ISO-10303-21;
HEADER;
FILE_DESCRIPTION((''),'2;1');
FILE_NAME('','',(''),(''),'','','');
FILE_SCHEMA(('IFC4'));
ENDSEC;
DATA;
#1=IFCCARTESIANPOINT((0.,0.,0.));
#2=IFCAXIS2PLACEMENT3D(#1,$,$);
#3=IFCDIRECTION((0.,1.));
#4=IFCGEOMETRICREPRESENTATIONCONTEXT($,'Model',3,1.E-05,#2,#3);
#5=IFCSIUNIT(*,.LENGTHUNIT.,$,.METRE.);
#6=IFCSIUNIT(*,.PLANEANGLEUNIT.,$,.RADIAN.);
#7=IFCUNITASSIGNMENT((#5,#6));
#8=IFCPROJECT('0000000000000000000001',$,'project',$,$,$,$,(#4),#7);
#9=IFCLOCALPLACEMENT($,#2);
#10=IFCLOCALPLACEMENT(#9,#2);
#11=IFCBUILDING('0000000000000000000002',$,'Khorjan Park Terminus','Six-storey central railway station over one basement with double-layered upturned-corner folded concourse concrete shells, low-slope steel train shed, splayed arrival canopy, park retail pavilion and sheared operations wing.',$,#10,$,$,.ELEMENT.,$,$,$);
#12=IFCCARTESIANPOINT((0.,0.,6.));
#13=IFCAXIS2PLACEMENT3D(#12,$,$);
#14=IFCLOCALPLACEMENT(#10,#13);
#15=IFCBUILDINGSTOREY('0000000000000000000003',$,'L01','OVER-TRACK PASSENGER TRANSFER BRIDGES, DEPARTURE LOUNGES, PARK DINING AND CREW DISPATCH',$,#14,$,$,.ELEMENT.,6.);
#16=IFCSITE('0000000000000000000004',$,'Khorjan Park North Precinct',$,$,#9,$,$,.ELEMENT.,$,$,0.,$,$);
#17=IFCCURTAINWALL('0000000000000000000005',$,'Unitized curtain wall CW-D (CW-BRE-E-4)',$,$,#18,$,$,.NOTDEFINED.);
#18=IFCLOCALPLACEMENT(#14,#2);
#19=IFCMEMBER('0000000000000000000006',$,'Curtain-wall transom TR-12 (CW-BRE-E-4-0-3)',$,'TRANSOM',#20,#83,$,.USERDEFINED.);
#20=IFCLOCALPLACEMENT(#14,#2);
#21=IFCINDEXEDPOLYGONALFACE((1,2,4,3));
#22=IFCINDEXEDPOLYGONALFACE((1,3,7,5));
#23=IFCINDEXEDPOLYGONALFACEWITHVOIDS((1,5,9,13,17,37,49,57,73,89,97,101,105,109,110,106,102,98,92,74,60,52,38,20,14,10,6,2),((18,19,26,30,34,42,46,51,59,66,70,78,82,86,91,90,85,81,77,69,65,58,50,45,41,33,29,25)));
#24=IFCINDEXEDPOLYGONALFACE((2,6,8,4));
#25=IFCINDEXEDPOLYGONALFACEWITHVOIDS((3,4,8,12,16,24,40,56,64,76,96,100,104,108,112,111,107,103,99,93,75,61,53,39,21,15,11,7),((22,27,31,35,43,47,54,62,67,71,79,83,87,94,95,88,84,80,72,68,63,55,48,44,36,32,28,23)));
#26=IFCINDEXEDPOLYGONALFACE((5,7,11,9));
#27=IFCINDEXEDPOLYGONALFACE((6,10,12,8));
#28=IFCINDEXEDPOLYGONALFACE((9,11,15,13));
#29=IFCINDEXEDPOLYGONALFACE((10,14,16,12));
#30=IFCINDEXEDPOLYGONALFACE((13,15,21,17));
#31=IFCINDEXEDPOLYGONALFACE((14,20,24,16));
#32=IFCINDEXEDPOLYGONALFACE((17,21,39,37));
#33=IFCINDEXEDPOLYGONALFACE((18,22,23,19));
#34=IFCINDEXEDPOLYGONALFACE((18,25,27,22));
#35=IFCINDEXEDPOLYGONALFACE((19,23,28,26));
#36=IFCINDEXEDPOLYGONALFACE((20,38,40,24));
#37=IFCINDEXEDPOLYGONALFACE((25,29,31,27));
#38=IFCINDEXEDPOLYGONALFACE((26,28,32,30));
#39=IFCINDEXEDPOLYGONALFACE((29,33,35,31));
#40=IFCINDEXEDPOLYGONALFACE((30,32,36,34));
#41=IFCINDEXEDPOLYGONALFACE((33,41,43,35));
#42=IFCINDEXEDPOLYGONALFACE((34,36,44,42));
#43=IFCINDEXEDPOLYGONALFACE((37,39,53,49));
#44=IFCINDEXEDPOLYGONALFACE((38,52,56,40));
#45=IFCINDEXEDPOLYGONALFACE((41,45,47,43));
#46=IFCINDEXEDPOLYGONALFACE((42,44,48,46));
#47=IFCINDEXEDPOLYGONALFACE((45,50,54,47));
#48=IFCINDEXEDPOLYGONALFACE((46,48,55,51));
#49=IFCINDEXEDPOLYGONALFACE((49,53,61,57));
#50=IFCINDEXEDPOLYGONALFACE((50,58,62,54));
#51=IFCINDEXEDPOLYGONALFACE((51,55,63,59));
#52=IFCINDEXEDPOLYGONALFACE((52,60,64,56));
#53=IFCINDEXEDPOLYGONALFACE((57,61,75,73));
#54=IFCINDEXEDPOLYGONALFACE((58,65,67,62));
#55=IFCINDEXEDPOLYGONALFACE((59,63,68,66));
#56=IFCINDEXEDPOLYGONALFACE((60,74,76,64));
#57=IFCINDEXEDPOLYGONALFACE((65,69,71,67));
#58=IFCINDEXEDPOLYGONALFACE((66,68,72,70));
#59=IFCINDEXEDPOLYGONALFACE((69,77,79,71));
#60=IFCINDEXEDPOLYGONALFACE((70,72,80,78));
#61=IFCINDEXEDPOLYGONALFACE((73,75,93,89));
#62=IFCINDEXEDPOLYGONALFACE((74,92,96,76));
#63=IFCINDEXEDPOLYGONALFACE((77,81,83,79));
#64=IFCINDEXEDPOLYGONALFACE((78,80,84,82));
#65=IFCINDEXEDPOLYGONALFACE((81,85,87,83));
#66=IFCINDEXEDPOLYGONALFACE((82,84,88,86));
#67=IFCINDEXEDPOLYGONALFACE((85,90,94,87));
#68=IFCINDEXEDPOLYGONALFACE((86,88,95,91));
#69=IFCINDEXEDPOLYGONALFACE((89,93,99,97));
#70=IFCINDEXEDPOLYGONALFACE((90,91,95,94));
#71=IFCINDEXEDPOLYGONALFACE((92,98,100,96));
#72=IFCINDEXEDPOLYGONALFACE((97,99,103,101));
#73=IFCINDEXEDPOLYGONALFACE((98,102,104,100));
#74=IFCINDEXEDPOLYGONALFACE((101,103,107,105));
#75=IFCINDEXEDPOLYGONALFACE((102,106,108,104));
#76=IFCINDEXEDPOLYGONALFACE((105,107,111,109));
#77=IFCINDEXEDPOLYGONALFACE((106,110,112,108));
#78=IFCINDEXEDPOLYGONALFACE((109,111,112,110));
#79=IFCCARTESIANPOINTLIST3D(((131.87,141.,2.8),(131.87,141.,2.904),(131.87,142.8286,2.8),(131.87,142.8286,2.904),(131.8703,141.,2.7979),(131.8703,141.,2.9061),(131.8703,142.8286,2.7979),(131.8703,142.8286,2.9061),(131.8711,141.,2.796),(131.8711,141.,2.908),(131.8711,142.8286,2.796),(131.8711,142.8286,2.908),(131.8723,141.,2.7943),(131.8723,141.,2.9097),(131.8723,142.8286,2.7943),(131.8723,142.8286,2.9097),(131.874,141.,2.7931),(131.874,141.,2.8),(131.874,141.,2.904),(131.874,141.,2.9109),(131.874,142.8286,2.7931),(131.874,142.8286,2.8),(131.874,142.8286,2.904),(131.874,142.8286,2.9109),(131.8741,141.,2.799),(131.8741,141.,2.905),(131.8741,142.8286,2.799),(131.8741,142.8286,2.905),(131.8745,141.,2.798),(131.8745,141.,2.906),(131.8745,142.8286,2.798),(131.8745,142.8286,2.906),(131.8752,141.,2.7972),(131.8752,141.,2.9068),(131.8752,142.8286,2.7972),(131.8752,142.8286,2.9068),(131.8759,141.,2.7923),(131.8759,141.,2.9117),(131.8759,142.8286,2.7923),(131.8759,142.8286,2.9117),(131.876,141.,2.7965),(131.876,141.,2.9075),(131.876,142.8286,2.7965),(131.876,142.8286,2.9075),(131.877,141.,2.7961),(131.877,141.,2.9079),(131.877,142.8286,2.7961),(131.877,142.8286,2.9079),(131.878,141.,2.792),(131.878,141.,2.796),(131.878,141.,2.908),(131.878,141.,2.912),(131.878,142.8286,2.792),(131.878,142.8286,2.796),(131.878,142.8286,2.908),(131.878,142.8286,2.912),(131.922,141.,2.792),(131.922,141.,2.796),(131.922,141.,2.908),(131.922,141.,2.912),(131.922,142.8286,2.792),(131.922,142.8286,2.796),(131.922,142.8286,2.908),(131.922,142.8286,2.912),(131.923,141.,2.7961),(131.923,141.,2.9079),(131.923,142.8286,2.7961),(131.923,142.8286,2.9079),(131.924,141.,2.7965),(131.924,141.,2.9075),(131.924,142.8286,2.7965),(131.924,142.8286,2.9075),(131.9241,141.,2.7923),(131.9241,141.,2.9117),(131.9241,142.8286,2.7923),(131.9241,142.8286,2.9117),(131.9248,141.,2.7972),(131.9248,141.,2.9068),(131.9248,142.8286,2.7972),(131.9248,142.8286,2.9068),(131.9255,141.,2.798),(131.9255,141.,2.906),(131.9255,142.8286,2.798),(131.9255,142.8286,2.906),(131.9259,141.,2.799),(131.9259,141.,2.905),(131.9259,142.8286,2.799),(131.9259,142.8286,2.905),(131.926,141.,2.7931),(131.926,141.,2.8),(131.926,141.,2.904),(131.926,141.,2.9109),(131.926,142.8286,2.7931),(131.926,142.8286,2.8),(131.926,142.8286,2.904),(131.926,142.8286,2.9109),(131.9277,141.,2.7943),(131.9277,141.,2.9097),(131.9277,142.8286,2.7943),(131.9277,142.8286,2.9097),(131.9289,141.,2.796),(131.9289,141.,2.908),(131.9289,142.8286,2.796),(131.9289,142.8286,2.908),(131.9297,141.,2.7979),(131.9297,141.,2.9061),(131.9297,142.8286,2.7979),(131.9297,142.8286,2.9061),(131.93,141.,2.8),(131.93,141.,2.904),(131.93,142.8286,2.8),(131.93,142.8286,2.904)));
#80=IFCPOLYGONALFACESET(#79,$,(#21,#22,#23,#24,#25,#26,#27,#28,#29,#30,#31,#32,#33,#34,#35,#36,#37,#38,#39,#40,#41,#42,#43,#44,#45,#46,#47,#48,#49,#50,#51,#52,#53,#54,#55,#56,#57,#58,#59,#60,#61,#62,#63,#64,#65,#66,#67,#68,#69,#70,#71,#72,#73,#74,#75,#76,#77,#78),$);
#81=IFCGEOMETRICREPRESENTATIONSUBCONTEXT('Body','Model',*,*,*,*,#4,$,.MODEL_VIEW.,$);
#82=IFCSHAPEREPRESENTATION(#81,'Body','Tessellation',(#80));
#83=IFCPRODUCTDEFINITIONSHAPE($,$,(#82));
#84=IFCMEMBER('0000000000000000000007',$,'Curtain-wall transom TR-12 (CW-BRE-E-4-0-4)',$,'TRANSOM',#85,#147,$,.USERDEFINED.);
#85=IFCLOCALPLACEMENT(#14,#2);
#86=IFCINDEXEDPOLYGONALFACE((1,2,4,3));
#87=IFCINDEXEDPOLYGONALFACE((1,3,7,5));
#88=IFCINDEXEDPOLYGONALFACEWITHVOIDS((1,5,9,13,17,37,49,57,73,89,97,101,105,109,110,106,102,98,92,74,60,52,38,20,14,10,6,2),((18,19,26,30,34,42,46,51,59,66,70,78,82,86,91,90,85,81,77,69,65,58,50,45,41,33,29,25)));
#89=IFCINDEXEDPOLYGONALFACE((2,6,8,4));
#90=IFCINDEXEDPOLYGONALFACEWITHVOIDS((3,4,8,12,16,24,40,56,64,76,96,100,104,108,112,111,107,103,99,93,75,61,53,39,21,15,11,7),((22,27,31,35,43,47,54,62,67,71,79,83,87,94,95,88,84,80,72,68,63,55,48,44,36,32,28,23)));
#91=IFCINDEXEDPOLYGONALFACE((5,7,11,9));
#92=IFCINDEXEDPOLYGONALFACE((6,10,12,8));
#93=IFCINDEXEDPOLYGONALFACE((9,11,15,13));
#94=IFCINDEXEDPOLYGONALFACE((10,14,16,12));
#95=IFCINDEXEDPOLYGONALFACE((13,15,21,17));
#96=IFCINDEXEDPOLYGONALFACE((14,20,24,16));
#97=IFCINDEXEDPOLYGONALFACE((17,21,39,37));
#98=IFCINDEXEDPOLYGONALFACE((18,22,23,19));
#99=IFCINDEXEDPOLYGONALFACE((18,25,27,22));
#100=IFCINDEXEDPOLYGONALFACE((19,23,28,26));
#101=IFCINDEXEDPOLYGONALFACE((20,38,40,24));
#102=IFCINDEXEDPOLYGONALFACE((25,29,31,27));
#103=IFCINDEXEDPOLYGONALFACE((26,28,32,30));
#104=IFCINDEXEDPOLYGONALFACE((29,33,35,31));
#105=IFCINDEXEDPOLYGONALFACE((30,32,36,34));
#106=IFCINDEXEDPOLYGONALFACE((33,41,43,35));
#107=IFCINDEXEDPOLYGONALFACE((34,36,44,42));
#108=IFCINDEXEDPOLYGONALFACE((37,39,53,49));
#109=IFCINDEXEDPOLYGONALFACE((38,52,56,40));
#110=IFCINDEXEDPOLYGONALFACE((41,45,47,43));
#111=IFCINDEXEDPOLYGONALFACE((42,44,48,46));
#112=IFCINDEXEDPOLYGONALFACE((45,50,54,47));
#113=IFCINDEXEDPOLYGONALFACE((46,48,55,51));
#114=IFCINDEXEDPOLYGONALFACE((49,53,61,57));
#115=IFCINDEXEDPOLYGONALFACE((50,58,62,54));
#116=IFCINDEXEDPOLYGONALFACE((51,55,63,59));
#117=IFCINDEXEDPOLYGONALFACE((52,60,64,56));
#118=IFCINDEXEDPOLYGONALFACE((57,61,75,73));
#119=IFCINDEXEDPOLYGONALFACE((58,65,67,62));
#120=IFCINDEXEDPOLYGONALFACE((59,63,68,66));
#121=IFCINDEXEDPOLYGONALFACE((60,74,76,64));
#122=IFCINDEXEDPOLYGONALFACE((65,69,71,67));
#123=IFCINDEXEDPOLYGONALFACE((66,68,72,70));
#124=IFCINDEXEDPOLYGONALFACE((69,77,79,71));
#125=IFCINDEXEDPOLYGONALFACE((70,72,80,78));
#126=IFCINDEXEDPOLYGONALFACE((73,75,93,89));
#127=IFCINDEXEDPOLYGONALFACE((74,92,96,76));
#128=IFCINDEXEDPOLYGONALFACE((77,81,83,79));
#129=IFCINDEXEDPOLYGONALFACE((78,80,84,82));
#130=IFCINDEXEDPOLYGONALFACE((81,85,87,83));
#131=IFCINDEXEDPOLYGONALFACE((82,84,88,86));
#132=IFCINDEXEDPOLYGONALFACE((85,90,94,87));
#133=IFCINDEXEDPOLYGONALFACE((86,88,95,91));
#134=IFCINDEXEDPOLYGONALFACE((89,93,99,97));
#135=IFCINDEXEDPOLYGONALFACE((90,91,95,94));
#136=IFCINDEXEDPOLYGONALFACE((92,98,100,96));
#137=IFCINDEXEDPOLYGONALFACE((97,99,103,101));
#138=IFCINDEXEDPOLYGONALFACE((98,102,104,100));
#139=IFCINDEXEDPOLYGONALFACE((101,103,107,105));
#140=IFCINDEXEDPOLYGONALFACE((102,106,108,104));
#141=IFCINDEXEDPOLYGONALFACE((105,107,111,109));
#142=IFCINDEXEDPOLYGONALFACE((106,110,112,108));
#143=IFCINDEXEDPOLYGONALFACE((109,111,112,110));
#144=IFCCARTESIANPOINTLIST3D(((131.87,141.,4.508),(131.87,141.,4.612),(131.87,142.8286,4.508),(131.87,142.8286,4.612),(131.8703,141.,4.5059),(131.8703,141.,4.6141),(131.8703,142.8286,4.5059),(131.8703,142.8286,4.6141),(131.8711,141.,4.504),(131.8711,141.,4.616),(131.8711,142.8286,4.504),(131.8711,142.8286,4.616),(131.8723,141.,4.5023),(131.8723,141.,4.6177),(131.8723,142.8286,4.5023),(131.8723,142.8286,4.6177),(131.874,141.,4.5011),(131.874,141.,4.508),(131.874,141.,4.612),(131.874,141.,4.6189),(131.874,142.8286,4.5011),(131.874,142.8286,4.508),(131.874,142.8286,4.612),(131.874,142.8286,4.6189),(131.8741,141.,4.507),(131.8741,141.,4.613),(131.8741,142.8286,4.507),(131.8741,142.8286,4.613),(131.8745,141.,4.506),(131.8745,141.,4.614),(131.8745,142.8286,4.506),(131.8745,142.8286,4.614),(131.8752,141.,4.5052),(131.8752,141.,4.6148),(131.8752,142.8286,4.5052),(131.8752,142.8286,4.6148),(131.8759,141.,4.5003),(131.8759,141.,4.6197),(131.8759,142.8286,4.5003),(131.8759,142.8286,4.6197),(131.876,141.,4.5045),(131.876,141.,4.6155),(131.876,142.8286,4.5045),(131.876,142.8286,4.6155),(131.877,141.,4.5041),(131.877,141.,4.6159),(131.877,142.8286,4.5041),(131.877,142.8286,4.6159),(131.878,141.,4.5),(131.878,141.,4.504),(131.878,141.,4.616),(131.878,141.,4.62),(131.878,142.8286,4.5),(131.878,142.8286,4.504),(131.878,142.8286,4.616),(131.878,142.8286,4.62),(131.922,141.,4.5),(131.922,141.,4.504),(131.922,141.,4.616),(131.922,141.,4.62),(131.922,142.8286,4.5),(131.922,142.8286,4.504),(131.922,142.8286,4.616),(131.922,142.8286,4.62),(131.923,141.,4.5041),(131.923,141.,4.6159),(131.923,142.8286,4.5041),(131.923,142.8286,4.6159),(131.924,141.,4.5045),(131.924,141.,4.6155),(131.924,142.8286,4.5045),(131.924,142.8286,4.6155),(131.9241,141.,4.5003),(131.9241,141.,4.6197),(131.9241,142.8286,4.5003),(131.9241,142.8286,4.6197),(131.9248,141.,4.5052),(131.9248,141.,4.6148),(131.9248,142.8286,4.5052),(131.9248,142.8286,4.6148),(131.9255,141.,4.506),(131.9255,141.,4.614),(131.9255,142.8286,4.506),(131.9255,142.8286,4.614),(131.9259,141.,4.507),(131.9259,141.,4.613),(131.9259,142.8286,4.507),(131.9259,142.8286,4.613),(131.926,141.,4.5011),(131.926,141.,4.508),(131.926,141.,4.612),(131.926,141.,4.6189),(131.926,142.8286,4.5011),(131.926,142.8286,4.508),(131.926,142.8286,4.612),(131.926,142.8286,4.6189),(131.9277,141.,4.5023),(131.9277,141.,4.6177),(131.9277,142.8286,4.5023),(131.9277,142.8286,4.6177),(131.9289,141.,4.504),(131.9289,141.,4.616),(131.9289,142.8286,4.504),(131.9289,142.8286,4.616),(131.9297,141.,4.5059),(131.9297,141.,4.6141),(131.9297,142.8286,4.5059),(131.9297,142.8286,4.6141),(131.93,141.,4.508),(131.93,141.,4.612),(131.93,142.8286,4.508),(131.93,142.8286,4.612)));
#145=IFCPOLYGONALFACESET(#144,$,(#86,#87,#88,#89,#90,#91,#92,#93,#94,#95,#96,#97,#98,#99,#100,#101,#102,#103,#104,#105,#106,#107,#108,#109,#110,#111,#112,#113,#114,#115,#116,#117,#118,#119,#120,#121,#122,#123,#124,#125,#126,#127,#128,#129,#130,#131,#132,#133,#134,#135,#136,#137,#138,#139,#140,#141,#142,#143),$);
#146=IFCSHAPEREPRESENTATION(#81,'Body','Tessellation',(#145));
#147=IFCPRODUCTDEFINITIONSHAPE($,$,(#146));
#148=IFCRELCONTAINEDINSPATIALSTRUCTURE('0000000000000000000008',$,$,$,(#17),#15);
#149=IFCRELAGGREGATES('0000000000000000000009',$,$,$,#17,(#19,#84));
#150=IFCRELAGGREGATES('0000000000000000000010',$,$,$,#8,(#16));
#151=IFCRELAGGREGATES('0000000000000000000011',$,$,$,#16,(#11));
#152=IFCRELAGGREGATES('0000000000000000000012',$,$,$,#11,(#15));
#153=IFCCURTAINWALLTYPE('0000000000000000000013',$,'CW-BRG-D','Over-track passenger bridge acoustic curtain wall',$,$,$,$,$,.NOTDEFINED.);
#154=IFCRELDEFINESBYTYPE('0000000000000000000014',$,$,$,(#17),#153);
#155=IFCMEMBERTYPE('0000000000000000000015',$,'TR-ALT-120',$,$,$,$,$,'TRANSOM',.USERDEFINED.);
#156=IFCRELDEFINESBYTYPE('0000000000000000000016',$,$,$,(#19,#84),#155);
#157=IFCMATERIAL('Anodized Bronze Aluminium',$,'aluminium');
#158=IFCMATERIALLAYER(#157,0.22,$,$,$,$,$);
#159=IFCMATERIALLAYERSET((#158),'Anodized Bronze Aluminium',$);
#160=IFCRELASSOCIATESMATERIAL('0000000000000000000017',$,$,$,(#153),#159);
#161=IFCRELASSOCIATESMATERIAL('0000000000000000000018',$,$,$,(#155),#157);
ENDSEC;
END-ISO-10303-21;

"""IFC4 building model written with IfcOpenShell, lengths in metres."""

from ifc_helpers import new_model, si_unit, direction, frame, origin, origin_2d, place, context, subcontext, project, spatial, hollow_rectangle, extrude, material, layer, layer_set, material_profile, profile_set, type_object, element, aggregate, save


model = new_model("IFC4")

# Units and contexts
model_context = context("Model", 3, precision=1e-05, world=origin(), true_north=direction((0.0, 1.0)))
body_context = subcontext(model_context, "Body", "Model", "MODEL_VIEW")
ifc_project = project(units=[si_unit("LENGTHUNIT", "METRE"), si_unit("PLANEANGLEUNIT", "RADIAN")], contexts=[model_context])

# Site, building, storey
site_placement = place(None, origin())
site = spatial("IfcSite", under=ifc_project, at=site_placement, Name="Khorjan Park North Precinct", CompositionType="ELEMENT", RefElevation=0.0)
building_placement = place(site_placement, origin())
building = spatial("IfcBuilding", under=site, at=building_placement, Name="Khorjan Park Terminus", Description="Six-storey central railway station over one basement with double-layered upturned-corner folded concourse concrete shells, low-slope steel train shed, splayed arrival canopy, park retail pavilion and sheared operations wing.", CompositionType="ELEMENT")
storey_placement = place(building_placement, frame((0.0, 0.0, 6.0)))
storey = spatial("IfcBuildingStorey", under=building, at=storey_placement, Name="L01", Description="OVER-TRACK PASSENGER TRANSFER BRIDGES, DEPARTURE LOUNGES, PARK DINING AND CREW DISPATCH", CompositionType="ELEMENT", Elevation=6.0)

# Shared definitions
ifc_material_1 = material(Name="Anodized Bronze Aluminium", Category="aluminium")
ifc_layer_1 = layer(ifc_material_1, 0.22)
ifc_layer_set_1 = layer_set([ifc_layer_1], Name="Anodized Bronze Aluminium")
curtain_wall_type = type_object("IfcCurtainWallType", Name="CW-BRG-D", Description="Over-track passenger bridge acoustic curtain wall", PredefinedType="NOTDEFINED", material=ifc_layer_set_1)

# Curtain wall
curtain_wall_1_placement = place(storey_placement, origin())
curtain_wall_1 = element("IfcCurtainWall", 1, at=curtain_wall_1_placement, inside=storey, type_object=curtain_wall_type, Name="Unitized curtain wall CW-D (CW-BRE-E-4)", PredefinedType="NOTDEFINED")

# Members
ifc_material_profile_1 = material_profile(ifc_material_1, hollow_rectangle(XDim=0.06, YDim=0.12, WallThickness=0.004, InnerFilletRadius=0.004, OuterFilletRadius=0.008, at=origin_2d()), Name="ALT 60x120x4")
ifc_profile_set_1 = profile_set([ifc_material_profile_1], Name="Anodized Bronze Aluminium")
member_type_1 = type_object("IfcMemberType", Name="TR-ALT-120", ElementType="TRANSOM", PredefinedType="USERDEFINED", material=ifc_profile_set_1)
member_1_placement = place(storey_placement, frame((131.9, 141.0, 2.852), z_axis=(0.0, 1.0, 0.0), x_axis=(-1.0, 0.0, 0.0)))
member_1 = element("IfcMember", 2, at=member_1_placement, type_object=member_type_1, Name="Curtain-wall transom TR-12 (CW-BRE-E-4-0-3)", ObjectType="TRANSOM", PredefinedType="USERDEFINED", context=body_context, shape_type="SweptSolid", body=[
    extrude(hollow_rectangle(XDim=0.06, YDim=0.12, WallThickness=0.004, InnerFilletRadius=0.004, OuterFilletRadius=0.008, at=origin_2d()), origin(), (0.0, 0.0, 1.0), 1.8286),
])
member_2_placement = place(storey_placement, frame((131.9, 141.0, 4.56), z_axis=(0.0, 1.0, 0.0), x_axis=(-1.0, 0.0, 0.0)))
member_2 = element("IfcMember", 3, at=member_2_placement, type_object=member_type_1, Name="Curtain-wall transom TR-12 (CW-BRE-E-4-0-4)", ObjectType="TRANSOM", PredefinedType="USERDEFINED", context=body_context, shape_type="SweptSolid", body=[
    extrude(hollow_rectangle(XDim=0.06, YDim=0.12, WallThickness=0.004, InnerFilletRadius=0.004, OuterFilletRadius=0.008, at=origin_2d()), origin(), (0.0, 0.0, 1.0), 1.8286),
])

aggregate(curtain_wall_1, [member_1, member_2])

save(model, "model.ifc")
